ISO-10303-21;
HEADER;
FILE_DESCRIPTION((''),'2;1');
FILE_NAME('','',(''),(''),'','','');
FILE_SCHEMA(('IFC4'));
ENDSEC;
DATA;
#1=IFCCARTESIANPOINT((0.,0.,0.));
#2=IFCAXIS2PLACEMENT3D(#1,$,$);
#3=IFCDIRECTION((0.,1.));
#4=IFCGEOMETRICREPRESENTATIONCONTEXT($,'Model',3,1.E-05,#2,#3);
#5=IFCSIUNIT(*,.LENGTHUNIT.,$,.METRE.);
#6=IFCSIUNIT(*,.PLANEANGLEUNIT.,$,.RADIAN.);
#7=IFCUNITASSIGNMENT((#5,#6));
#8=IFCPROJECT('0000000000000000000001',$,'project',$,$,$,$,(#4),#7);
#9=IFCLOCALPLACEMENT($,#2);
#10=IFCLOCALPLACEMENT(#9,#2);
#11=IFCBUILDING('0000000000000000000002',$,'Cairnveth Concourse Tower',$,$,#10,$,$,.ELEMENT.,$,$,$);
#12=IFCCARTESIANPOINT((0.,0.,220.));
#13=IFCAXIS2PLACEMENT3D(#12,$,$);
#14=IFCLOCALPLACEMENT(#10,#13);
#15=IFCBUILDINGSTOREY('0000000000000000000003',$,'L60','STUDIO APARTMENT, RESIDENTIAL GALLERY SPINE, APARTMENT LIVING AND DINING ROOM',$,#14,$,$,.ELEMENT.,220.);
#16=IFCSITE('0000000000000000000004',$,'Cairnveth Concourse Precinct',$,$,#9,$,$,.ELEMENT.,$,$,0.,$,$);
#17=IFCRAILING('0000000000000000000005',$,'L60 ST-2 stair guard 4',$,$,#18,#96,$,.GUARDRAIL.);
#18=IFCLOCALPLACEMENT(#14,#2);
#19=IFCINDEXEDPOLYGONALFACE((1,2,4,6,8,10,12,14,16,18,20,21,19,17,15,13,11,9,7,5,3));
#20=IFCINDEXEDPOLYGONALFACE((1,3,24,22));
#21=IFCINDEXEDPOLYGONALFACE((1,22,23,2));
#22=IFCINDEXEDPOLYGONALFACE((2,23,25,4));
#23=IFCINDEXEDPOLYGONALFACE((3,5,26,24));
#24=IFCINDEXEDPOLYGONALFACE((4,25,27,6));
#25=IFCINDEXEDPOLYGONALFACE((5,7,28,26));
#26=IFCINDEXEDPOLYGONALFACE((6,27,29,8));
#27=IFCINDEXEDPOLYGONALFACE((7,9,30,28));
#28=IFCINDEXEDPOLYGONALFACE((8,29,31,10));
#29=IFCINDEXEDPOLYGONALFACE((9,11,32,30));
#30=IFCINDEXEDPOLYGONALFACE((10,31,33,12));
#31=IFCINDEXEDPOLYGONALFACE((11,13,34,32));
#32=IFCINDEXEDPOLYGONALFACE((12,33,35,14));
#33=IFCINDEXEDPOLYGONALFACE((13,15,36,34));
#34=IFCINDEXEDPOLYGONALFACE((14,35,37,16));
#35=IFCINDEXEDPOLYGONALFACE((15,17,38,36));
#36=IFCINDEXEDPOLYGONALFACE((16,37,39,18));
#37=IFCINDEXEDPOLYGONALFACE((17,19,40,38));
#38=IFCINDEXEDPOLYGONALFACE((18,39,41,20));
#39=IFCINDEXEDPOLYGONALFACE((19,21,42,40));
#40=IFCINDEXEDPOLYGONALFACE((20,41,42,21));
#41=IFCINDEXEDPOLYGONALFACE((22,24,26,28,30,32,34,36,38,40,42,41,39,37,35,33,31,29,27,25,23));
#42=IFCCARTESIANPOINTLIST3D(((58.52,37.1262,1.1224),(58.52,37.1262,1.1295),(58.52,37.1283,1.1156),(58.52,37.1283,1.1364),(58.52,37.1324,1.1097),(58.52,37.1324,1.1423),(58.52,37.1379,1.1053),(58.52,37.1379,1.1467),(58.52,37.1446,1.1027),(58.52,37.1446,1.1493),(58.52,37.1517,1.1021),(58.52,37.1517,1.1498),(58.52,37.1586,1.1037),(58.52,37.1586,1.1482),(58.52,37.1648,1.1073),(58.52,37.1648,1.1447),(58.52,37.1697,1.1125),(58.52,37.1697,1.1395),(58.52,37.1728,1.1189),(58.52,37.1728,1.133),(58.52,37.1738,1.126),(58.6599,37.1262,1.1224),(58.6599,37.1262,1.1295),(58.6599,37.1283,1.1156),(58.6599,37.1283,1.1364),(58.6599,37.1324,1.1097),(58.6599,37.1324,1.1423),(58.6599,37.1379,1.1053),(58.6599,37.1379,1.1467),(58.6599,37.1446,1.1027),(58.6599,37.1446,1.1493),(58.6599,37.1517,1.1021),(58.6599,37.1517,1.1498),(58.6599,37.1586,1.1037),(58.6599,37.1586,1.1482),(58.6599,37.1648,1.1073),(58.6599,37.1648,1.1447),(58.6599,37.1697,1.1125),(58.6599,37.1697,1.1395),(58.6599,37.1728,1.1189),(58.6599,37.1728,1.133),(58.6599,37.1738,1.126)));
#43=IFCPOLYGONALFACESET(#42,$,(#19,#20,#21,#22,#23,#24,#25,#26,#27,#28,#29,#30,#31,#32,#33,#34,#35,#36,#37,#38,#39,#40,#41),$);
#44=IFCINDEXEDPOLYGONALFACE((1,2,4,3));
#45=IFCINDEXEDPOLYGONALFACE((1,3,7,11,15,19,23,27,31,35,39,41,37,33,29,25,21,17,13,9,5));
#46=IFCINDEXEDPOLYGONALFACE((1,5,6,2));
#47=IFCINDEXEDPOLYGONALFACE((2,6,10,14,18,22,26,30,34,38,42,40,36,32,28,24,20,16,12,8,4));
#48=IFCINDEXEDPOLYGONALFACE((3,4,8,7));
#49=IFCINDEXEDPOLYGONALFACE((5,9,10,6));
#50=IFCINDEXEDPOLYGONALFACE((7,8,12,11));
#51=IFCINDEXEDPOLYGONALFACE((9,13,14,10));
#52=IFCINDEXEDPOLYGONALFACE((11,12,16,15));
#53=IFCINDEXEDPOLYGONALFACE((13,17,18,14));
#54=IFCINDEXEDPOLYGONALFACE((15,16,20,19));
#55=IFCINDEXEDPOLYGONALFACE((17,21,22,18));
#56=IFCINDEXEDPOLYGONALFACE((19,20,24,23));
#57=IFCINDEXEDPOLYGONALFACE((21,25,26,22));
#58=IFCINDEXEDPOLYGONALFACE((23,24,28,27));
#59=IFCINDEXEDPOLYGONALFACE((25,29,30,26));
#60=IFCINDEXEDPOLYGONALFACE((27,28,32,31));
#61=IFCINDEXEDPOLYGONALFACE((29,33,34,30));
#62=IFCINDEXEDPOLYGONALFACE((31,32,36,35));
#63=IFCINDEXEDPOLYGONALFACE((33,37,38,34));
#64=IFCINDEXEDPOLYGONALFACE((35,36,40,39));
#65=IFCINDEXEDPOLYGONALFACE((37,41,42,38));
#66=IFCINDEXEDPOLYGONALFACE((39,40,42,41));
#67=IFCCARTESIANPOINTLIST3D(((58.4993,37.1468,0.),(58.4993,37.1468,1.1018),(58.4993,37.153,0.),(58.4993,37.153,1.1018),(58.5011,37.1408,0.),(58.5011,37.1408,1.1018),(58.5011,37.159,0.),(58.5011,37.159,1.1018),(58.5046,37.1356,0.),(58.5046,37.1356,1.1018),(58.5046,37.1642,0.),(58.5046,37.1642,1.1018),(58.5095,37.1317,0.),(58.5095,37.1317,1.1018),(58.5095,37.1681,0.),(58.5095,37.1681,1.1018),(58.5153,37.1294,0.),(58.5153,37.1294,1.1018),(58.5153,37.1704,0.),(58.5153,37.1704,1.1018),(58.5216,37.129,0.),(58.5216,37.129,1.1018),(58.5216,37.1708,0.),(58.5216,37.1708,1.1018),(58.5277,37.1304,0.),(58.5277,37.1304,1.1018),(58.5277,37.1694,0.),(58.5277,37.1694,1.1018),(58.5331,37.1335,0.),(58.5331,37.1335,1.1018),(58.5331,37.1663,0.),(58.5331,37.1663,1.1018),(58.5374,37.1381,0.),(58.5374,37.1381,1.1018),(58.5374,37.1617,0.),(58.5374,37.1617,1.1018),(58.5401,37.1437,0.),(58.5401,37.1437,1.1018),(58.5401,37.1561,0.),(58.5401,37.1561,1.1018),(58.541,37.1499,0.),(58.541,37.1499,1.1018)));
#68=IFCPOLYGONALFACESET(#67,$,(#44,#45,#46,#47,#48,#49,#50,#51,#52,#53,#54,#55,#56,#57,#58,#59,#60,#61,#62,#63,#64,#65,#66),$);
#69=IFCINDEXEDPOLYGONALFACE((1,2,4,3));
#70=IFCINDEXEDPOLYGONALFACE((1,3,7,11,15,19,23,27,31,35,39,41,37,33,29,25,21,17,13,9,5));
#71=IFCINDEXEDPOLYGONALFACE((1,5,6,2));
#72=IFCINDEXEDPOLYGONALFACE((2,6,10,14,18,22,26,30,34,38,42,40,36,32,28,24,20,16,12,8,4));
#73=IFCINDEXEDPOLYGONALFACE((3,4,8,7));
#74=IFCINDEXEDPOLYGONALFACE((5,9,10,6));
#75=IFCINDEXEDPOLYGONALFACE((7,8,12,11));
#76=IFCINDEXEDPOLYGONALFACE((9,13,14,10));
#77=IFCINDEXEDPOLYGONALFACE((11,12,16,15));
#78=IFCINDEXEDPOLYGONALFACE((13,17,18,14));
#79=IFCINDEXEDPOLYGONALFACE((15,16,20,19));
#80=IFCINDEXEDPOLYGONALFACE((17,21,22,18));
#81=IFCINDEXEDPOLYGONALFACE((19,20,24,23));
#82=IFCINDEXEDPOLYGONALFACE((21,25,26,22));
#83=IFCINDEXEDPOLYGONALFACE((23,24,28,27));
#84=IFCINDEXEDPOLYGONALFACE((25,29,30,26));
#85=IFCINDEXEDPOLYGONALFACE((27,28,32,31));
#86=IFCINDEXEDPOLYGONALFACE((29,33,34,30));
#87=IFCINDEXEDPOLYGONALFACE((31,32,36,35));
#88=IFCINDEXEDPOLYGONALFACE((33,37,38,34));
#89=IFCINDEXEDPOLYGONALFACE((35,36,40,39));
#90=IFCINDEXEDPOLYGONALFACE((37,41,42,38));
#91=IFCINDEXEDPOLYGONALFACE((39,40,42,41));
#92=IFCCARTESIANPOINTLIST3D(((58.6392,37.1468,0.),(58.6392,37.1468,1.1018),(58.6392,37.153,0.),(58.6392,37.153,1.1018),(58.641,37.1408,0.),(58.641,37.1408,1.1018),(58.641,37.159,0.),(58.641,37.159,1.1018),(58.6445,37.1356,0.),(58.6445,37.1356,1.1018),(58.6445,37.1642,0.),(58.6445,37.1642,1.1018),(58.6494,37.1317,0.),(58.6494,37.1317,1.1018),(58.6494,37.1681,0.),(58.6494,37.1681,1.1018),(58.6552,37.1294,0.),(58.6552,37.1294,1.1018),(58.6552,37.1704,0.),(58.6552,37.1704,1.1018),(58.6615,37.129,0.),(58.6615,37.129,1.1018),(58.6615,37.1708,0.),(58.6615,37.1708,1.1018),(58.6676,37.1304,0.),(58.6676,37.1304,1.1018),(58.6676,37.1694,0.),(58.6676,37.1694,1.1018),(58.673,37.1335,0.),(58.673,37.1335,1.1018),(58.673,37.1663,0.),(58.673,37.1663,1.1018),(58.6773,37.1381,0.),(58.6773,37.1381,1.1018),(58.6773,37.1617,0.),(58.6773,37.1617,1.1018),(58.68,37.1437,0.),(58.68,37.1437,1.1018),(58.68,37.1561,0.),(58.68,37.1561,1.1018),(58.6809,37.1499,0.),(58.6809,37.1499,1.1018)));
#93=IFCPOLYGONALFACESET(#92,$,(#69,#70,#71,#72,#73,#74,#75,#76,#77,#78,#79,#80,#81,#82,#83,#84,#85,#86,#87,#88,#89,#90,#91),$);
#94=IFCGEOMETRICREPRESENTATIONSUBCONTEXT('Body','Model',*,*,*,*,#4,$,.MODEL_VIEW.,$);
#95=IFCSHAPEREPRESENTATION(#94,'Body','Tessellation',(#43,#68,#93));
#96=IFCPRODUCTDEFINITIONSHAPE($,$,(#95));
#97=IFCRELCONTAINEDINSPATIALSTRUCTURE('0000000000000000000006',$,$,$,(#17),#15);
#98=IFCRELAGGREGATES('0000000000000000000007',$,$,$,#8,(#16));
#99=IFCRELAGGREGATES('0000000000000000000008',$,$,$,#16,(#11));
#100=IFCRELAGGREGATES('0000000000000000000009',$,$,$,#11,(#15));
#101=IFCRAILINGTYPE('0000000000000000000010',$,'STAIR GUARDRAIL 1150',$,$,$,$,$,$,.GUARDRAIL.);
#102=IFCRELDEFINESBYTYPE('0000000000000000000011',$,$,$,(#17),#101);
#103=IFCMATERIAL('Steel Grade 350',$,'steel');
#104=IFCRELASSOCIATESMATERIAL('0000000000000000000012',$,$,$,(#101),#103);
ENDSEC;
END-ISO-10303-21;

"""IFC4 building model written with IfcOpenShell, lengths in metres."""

from ifc_helpers import new_model, si_unit, direction, frame, origin, origin_2d, place, context, subcontext, project, spatial, circle, extrude, material, type_object, element, save


model = new_model("IFC4")

# Units and contexts
model_context = context("Model", 3, precision=1e-05, world=origin(), true_north=direction((0.0, 1.0)))
body_context = subcontext(model_context, "Body", "Model", "MODEL_VIEW")
ifc_project = project(units=[si_unit("LENGTHUNIT", "METRE"), si_unit("PLANEANGLEUNIT", "RADIAN")], contexts=[model_context])

# Site, building, storey
site_placement = place(None, origin())
site = spatial("IfcSite", under=ifc_project, at=site_placement, Name="Cairnveth Concourse Precinct", CompositionType="ELEMENT", RefElevation=0.0)
building_placement = place(site_placement, origin())
building = spatial("IfcBuilding", under=site, at=building_placement, Name="Cairnveth Concourse Tower", CompositionType="ELEMENT")
storey_placement = place(building_placement, frame((0.0, 0.0, 220.0)))
storey = spatial("IfcBuildingStorey", under=building, at=storey_placement, Name="L60", Description="STUDIO APARTMENT, RESIDENTIAL GALLERY SPINE, APARTMENT LIVING AND DINING ROOM", CompositionType="ELEMENT", Elevation=220.0)

# Shared definitions
ifc_material_1 = material(Name="Steel Grade 350", Category="steel")

# Railing
railing_type_1 = type_object("IfcRailingType", Name="STAIR GUARDRAIL 1150", PredefinedType="GUARDRAIL", material=ifc_material_1)
railing_1_placement = place(storey_placement, frame((58.52, 37.1499, 0.0)))
element("IfcRailing", 1, at=railing_1_placement, inside=storey, type_object=railing_type_1, Name="L60 ST-2 stair guard 4", PredefinedType="GUARDRAIL", context=body_context, shape_type="SweptSolid", body=[
    extrude(circle(Radius=0.0239, at=origin_2d()), frame((0.0, 0.0, 1.126), z_axis=(1.0, 0.0, 0.0), x_axis=(0.0, 1.0, 0.0)), (0.0, 0.0, 1.0), 0.1399),
    extrude(circle(Radius=0.021, at=origin_2d()), origin(), (0.0, 0.0, 1.0), 1.1018),
    extrude(circle(Radius=0.021, at=origin_2d()), frame((0.1399, 0.0, 0.0)), (0.0, 0.0, 1.0), 1.1018),
])

save(model, "model.ifc")
